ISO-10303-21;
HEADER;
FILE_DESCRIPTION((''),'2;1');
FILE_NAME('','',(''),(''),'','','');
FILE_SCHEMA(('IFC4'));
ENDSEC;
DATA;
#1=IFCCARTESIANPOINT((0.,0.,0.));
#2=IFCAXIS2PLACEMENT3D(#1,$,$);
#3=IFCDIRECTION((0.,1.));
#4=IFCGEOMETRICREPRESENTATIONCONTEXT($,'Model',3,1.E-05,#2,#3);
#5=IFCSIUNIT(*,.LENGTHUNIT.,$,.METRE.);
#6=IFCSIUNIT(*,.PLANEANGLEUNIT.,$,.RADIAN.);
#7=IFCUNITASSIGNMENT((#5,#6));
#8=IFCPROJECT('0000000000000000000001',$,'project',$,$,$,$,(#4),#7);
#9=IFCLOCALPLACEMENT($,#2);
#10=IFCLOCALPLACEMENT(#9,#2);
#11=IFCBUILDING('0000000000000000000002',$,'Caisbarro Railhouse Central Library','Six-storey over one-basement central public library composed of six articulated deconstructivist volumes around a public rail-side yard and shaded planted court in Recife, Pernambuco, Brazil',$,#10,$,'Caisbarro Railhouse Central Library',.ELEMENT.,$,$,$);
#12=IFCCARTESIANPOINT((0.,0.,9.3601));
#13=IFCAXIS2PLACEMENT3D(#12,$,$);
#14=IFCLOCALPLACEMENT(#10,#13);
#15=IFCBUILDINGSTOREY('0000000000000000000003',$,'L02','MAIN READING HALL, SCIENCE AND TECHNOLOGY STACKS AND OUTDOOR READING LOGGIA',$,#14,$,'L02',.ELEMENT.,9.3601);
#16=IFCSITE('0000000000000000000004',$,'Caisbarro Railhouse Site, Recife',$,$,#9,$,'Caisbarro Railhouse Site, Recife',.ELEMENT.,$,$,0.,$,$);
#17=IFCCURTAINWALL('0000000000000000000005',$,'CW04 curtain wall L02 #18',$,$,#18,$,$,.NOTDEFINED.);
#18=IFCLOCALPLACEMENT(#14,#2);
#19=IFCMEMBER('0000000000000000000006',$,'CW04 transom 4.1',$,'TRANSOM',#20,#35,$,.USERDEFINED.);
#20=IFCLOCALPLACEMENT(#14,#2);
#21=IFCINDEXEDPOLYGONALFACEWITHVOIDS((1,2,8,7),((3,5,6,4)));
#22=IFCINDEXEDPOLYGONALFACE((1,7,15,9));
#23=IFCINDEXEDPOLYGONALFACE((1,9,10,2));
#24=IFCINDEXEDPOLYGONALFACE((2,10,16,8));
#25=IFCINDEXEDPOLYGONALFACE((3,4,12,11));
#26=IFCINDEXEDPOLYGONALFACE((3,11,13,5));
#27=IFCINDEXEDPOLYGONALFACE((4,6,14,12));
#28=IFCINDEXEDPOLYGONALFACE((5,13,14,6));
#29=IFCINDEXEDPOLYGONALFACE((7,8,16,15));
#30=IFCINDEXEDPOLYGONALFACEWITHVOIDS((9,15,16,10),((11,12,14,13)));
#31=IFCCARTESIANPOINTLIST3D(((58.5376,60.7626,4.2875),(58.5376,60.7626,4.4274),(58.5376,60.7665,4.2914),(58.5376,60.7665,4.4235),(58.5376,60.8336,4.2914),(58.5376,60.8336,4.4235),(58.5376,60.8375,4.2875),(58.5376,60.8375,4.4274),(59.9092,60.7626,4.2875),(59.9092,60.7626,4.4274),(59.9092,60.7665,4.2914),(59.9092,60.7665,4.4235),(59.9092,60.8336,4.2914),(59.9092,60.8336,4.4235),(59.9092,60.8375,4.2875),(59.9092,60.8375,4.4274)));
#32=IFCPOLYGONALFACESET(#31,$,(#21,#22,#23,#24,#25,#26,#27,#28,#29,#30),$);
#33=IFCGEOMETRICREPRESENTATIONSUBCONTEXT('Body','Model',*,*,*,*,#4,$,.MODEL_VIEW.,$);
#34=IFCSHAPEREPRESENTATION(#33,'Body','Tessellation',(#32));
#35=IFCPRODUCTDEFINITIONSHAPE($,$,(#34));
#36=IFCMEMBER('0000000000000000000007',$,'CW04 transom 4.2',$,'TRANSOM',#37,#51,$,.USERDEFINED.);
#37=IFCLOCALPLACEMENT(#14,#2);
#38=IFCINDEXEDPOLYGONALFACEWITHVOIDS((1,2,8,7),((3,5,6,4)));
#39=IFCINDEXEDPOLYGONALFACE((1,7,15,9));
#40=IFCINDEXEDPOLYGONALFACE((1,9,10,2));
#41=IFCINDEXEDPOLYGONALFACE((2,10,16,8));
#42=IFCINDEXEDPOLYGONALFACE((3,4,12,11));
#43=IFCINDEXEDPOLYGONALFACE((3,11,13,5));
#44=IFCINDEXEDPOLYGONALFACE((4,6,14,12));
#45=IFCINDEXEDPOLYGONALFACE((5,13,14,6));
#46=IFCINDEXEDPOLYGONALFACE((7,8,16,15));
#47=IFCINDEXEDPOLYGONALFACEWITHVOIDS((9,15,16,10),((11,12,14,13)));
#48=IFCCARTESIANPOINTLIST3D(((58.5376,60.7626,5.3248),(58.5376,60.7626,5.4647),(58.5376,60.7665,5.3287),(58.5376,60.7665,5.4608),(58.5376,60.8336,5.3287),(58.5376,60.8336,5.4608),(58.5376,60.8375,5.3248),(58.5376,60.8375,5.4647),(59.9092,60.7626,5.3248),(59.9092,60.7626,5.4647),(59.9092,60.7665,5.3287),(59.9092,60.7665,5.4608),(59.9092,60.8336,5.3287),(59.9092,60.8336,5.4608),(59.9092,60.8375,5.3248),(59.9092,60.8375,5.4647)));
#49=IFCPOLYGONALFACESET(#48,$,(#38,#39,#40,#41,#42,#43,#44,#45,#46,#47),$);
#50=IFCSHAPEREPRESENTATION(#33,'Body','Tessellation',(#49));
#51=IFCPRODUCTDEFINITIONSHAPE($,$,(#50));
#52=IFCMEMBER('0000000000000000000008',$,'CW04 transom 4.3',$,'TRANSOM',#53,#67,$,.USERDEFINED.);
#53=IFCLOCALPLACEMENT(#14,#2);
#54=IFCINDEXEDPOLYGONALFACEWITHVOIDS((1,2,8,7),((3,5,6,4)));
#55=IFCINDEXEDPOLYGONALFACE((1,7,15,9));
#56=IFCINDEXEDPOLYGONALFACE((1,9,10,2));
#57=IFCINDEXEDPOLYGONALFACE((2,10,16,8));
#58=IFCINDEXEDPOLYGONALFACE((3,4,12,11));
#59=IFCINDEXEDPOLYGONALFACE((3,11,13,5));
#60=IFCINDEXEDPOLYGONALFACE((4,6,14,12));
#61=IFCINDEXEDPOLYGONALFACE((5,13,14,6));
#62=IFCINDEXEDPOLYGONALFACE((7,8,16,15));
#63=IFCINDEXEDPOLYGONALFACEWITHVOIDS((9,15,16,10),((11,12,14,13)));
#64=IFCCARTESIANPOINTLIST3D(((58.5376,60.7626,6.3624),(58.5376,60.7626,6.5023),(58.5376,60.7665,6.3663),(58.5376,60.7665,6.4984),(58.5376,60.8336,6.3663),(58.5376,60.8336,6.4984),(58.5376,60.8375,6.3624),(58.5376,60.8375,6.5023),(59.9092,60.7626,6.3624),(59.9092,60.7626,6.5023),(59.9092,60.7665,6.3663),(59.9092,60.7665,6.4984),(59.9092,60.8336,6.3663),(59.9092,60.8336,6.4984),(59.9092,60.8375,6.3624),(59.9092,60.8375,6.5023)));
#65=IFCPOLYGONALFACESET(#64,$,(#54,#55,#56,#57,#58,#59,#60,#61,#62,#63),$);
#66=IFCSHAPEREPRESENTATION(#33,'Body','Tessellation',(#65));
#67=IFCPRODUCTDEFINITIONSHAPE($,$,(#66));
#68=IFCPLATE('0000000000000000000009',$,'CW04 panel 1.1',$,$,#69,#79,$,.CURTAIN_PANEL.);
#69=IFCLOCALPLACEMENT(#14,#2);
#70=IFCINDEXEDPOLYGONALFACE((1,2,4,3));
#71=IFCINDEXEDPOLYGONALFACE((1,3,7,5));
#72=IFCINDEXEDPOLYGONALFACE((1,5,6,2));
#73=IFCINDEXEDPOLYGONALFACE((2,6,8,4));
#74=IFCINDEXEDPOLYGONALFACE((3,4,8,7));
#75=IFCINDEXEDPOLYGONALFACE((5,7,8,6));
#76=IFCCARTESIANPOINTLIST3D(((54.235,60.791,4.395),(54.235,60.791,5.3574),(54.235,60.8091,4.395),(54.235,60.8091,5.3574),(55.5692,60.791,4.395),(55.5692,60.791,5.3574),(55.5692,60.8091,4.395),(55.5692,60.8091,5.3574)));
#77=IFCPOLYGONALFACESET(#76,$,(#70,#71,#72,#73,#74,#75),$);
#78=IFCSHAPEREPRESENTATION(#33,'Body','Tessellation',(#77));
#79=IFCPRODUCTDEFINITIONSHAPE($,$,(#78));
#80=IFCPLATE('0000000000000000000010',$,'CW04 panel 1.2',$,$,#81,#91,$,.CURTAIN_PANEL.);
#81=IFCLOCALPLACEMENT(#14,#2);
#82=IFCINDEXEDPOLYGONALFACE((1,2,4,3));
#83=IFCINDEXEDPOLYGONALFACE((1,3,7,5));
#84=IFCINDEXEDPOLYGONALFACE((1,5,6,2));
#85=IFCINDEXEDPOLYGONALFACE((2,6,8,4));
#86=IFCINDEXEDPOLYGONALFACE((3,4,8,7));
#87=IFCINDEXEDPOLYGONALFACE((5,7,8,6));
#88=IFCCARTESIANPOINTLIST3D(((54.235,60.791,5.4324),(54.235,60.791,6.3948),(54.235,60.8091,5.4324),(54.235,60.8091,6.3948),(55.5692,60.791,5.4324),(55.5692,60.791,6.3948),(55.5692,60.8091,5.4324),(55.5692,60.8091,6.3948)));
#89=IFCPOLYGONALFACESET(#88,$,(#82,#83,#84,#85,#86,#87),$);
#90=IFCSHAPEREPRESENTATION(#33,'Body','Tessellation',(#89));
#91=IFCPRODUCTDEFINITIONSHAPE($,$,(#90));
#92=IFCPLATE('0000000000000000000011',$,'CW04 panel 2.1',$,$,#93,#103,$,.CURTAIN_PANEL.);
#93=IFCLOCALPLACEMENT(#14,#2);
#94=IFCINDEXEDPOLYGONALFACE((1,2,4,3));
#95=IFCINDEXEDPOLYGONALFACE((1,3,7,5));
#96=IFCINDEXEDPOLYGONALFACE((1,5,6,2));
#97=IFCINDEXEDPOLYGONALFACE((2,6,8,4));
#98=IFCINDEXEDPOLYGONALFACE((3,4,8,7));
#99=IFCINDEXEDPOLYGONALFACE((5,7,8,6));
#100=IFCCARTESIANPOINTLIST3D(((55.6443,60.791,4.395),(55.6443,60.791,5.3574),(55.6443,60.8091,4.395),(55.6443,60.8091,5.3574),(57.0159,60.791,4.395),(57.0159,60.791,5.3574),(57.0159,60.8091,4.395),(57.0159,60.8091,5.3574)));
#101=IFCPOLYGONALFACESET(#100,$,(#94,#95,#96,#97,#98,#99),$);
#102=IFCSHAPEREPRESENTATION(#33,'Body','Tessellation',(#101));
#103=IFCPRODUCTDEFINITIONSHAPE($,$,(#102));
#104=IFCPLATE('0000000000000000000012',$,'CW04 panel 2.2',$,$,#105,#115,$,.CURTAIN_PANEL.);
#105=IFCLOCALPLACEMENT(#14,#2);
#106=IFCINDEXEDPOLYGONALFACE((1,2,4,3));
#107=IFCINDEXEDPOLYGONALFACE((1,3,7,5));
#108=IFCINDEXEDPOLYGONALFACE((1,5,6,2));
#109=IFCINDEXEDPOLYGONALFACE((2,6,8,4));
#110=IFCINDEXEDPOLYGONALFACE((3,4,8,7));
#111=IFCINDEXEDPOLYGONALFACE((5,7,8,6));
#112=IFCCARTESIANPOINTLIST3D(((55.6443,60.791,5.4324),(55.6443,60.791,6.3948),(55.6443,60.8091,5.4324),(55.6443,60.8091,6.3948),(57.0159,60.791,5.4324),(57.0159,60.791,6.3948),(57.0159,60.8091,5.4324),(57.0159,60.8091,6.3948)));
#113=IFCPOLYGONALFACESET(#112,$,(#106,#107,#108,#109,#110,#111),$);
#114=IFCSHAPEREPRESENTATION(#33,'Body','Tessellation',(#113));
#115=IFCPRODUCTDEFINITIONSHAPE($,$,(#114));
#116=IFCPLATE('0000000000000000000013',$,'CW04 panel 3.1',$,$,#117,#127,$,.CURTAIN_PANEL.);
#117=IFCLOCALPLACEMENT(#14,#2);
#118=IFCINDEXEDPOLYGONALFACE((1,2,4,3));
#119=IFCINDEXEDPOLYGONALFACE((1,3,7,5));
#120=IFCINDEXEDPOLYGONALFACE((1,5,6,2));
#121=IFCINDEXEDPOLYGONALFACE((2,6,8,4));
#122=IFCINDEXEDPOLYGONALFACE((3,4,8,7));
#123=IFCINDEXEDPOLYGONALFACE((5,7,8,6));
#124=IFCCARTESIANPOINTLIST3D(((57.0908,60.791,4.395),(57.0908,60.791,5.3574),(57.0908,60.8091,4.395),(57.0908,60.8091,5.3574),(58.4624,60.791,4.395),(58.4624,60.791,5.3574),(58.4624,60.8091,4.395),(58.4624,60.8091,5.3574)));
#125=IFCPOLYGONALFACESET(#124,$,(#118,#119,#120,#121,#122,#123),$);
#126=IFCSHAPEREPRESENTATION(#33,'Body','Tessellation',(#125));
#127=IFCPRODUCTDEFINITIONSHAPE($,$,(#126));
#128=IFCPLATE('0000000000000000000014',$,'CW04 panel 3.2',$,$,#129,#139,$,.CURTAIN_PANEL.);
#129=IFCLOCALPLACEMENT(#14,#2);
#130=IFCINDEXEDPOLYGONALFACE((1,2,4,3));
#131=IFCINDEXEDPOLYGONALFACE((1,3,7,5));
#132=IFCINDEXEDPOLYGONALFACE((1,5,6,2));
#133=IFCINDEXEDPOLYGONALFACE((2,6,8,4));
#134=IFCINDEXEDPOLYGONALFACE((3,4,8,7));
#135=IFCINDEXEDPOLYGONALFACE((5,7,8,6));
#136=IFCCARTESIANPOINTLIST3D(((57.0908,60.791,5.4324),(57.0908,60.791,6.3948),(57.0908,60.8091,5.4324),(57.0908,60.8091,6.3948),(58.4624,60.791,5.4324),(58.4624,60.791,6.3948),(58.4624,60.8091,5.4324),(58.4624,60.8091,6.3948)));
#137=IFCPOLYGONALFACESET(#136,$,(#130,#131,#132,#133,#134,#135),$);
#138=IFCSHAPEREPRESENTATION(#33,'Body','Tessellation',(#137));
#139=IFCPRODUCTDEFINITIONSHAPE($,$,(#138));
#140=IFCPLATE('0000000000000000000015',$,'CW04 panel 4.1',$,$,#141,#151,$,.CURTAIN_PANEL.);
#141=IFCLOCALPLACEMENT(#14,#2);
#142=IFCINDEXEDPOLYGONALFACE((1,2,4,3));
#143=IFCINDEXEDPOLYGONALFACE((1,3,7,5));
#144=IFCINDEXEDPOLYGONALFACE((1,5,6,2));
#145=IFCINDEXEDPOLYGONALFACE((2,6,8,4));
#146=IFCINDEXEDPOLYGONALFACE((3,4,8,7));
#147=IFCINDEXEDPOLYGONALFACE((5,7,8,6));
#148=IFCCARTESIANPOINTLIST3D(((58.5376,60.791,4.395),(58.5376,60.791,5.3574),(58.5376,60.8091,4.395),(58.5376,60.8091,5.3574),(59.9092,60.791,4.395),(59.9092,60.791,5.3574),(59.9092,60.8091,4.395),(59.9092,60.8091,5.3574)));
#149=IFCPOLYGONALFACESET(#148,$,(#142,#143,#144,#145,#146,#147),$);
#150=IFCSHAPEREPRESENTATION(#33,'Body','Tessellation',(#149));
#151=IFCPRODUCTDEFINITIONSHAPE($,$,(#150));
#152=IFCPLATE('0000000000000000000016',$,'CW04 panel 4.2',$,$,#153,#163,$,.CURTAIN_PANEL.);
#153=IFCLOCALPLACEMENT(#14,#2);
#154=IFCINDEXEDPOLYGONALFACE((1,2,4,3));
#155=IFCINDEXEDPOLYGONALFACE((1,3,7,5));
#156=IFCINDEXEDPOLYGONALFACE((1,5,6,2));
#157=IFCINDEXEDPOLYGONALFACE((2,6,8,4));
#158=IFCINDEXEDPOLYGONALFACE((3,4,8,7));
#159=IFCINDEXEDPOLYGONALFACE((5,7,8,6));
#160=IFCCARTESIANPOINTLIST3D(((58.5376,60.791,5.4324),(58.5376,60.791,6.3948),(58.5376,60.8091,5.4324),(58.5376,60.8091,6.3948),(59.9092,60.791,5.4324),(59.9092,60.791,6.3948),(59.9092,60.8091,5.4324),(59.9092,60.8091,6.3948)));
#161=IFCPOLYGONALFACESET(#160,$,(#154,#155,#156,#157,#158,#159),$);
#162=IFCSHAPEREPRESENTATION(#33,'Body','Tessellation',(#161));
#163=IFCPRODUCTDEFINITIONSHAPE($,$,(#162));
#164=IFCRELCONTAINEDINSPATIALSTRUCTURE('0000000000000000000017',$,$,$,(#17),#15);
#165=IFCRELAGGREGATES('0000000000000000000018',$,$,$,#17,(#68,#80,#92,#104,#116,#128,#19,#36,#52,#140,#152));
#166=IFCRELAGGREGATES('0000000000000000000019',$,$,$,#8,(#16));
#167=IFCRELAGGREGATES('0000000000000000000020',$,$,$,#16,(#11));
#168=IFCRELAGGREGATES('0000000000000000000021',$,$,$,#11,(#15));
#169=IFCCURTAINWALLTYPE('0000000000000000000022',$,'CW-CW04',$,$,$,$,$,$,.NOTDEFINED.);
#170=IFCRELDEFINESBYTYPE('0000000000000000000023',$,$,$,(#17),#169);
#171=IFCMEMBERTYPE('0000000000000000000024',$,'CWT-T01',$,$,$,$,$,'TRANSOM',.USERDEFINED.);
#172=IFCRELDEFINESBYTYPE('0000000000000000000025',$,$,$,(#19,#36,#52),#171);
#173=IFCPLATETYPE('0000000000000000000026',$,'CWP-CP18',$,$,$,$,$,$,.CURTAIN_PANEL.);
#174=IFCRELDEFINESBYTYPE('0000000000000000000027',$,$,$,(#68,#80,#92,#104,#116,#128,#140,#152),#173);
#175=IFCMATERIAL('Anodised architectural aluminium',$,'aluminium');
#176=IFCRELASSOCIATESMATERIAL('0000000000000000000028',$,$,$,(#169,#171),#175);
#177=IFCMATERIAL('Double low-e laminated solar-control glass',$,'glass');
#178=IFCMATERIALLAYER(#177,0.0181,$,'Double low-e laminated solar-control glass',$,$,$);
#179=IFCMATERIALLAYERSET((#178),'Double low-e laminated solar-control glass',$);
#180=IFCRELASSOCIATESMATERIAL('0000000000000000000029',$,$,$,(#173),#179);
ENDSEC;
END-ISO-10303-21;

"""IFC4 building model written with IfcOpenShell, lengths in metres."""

from ifc_helpers import new_model, si_unit, direction, frame, origin, origin_2d, place, context, subcontext, project, spatial, rectangle, hollow_rectangle, extrude, material, layer, layer_set, material_profile, profile_set, type_object, element, aggregate, save


model = new_model("IFC4")

# Units and contexts
model_context = context("Model", 3, precision=1e-05, world=origin(), true_north=direction((0.0, 1.0)))
body_context = subcontext(model_context, "Body", "Model", "MODEL_VIEW")
ifc_project = project(units=[si_unit("LENGTHUNIT", "METRE"), si_unit("PLANEANGLEUNIT", "RADIAN")], contexts=[model_context])

# Site, building, storey
site_placement = place(None, origin())
site = spatial("IfcSite", under=ifc_project, at=site_placement, Name="Caisbarro Railhouse Site, Recife", LongName="Caisbarro Railhouse Site, Recife", CompositionType="ELEMENT", RefElevation=0.0)
building_placement = place(site_placement, origin())
building = spatial("IfcBuilding", under=site, at=building_placement, Name="Caisbarro Railhouse Central Library", Description="Six-storey over one-basement central public library composed of six articulated deconstructivist volumes around a public rail-side yard and shaded planted court in Recife, Pernambuco, Brazil", LongName="Caisbarro Railhouse Central Library", CompositionType="ELEMENT")
storey_placement = place(building_placement, frame((0.0, 0.0, 9.3601)))
storey = spatial("IfcBuildingStorey", under=building, at=storey_placement, Name="L02", Description="MAIN READING HALL, SCIENCE AND TECHNOLOGY STACKS AND OUTDOOR READING LOGGIA", LongName="L02", CompositionType="ELEMENT", Elevation=9.3601)

# Curtain wall, members, plates
ifc_material_1 = material(Name="Anodised architectural aluminium", Category="aluminium")
curtain_wall_type = type_object("IfcCurtainWallType", Name="CW-CW04", PredefinedType="NOTDEFINED", material=ifc_material_1)
curtain_wall_placement = place(storey_placement, origin())
curtain_wall = element("IfcCurtainWall", 1, at=curtain_wall_placement, inside=storey, type_object=curtain_wall_type, Name="CW04 curtain wall L02 #18", PredefinedType="NOTDEFINED")
ifc_material_profile_1 = material_profile(ifc_material_1, hollow_rectangle(XDim=0.075, YDim=0.1399, WallThickness=0.0039, at=origin_2d()), Name="ALU-TRN-75X140")
ifc_profile_set_1 = profile_set([ifc_material_profile_1], Name="Anodised architectural aluminium")
member_type_1 = type_object("IfcMemberType", Name="CWT-T01", ElementType="TRANSOM", PredefinedType="USERDEFINED", material=ifc_profile_set_1)
member_1_placement = place(storey_placement, frame((58.5376, 60.8, 4.3574), z_axis=(1.0, 0.0, 0.0), x_axis=(0.0, 1.0, 0.0)))
member_1 = element("IfcMember", 2, at=member_1_placement, type_object=member_type_1, Name="CW04 transom 4.1", ObjectType="TRANSOM", PredefinedType="USERDEFINED", context=body_context, shape_type="SweptSolid", body=[
    extrude(hollow_rectangle(XDim=0.075, YDim=0.1399, WallThickness=0.0039, at=origin_2d()), origin(), (0.0, 0.0, 1.0), 1.3716),
])
member_2_placement = place(storey_placement, frame((58.5376, 60.8, 5.3948), z_axis=(1.0, 0.0, 0.0), x_axis=(0.0, 1.0, 0.0)))
member_2 = element("IfcMember", 3, at=member_2_placement, type_object=member_type_1, Name="CW04 transom 4.2", ObjectType="TRANSOM", PredefinedType="USERDEFINED", context=body_context, shape_type="SweptSolid", body=[
    extrude(hollow_rectangle(XDim=0.075, YDim=0.1399, WallThickness=0.0039, at=origin_2d()), origin(), (0.0, 0.0, 1.0), 1.3716),
])
member_3_placement = place(storey_placement, frame((58.5376, 60.8, 6.4324), z_axis=(1.0, 0.0, 0.0), x_axis=(0.0, 1.0, 0.0)))
member_3 = element("IfcMember", 4, at=member_3_placement, type_object=member_type_1, Name="CW04 transom 4.3", ObjectType="TRANSOM", PredefinedType="USERDEFINED", context=body_context, shape_type="SweptSolid", body=[
    extrude(hollow_rectangle(XDim=0.075, YDim=0.1399, WallThickness=0.0039, at=origin_2d()), origin(), (0.0, 0.0, 1.0), 1.3716),
])
ifc_material_2 = material(Name="Double low-e laminated solar-control glass", Category="glass")
ifc_layer_1 = layer(ifc_material_2, 0.0181, Name="Double low-e laminated solar-control glass")
ifc_layer_set_1 = layer_set([ifc_layer_1], Name="Double low-e laminated solar-control glass")
plate_type = type_object("IfcPlateType", Name="CWP-CP18", PredefinedType="CURTAIN_PANEL", material=ifc_layer_set_1)
plate_1_placement = place(storey_placement, frame((54.9021, 60.8, 4.395), z_axis=(0.0, 0.0, 1.0), x_axis=(1.0, 0.0, 0.0)))
plate_1 = element("IfcPlate", 5, at=plate_1_placement, type_object=plate_type, Name="CW04 panel 1.1", PredefinedType="CURTAIN_PANEL", context=body_context, shape_type="SweptSolid", body=[
    extrude(rectangle(XDim=1.3342, YDim=0.0181, at=origin_2d()), origin(), (0.0, 0.0, 1.0), 0.9624),
])
plate_2_placement = place(storey_placement, frame((54.9021, 60.8, 5.4324), z_axis=(0.0, 0.0, 1.0), x_axis=(1.0, 0.0, 0.0)))
plate_2 = element("IfcPlate", 6, at=plate_2_placement, type_object=plate_type, Name="CW04 panel 1.2", PredefinedType="CURTAIN_PANEL", context=body_context, shape_type="SweptSolid", body=[
    extrude(rectangle(XDim=1.3342, YDim=0.0181, at=origin_2d()), origin(), (0.0, 0.0, 1.0), 0.9624),
])
plate_3_placement = place(storey_placement, frame((56.3301, 60.8, 4.395), z_axis=(0.0, 0.0, 1.0), x_axis=(1.0, 0.0, 0.0)))
plate_3 = element("IfcPlate", 7, at=plate_3_placement, type_object=plate_type, Name="CW04 panel 2.1", PredefinedType="CURTAIN_PANEL", context=body_context, shape_type="SweptSolid", body=[
    extrude(rectangle(XDim=1.3716, YDim=0.0181, at=origin_2d()), origin(), (0.0, 0.0, 1.0), 0.9624),
])
plate_4_placement = place(storey_placement, frame((56.3301, 60.8, 5.4324), z_axis=(0.0, 0.0, 1.0), x_axis=(1.0, 0.0, 0.0)))
plate_4 = element("IfcPlate", 8, at=plate_4_placement, type_object=plate_type, Name="CW04 panel 2.2", PredefinedType="CURTAIN_PANEL", context=body_context, shape_type="SweptSolid", body=[
    extrude(rectangle(XDim=1.3716, YDim=0.0181, at=origin_2d()), origin(), (0.0, 0.0, 1.0), 0.9624),
])
plate_5_placement = place(storey_placement, frame((57.7766, 60.8, 4.395), z_axis=(0.0, 0.0, 1.0), x_axis=(1.0, 0.0, 0.0)))
plate_5 = element("IfcPlate", 9, at=plate_5_placement, type_object=plate_type, Name="CW04 panel 3.1", PredefinedType="CURTAIN_PANEL", context=body_context, shape_type="SweptSolid", body=[
    extrude(rectangle(XDim=1.3716, YDim=0.0181, at=origin_2d()), origin(), (0.0, 0.0, 1.0), 0.9624),
])
plate_6_placement = place(storey_placement, frame((57.7766, 60.8, 5.4324), z_axis=(0.0, 0.0, 1.0), x_axis=(1.0, 0.0, 0.0)))
plate_6 = element("IfcPlate", 10, at=plate_6_placement, type_object=plate_type, Name="CW04 panel 3.2", PredefinedType="CURTAIN_PANEL", context=body_context, shape_type="SweptSolid", body=[
    extrude(rectangle(XDim=1.3716, YDim=0.0181, at=origin_2d()), origin(), (0.0, 0.0, 1.0), 0.9624),
])
plate_7_placement = place(storey_placement, frame((59.2234, 60.8, 4.395), z_axis=(0.0, 0.0, 1.0), x_axis=(1.0, 0.0, 0.0)))
plate_7 = element("IfcPlate", 11, at=plate_7_placement, type_object=plate_type, Name="CW04 panel 4.1", PredefinedType="CURTAIN_PANEL", context=body_context, shape_type="SweptSolid", body=[
    extrude(rectangle(XDim=1.3716, YDim=0.0181, at=origin_2d()), origin(), (0.0, 0.0, 1.0), 0.9624),
])
plate_8_placement = place(storey_placement, frame((59.2234, 60.8, 5.4324), z_axis=(0.0, 0.0, 1.0), x_axis=(1.0, 0.0, 0.0)))
plate_8 = element("IfcPlate", 12, at=plate_8_placement, type_object=plate_type, Name="CW04 panel 4.2", PredefinedType="CURTAIN_PANEL", context=body_context, shape_type="SweptSolid", body=[
    extrude(rectangle(XDim=1.3716, YDim=0.0181, at=origin_2d()), origin(), (0.0, 0.0, 1.0), 0.9624),
])
aggregate(curtain_wall, [plate_1, plate_2, plate_3, plate_4, plate_5, plate_6, member_1, member_2, member_3, plate_7, plate_8])

save(model, "model.ifc")
